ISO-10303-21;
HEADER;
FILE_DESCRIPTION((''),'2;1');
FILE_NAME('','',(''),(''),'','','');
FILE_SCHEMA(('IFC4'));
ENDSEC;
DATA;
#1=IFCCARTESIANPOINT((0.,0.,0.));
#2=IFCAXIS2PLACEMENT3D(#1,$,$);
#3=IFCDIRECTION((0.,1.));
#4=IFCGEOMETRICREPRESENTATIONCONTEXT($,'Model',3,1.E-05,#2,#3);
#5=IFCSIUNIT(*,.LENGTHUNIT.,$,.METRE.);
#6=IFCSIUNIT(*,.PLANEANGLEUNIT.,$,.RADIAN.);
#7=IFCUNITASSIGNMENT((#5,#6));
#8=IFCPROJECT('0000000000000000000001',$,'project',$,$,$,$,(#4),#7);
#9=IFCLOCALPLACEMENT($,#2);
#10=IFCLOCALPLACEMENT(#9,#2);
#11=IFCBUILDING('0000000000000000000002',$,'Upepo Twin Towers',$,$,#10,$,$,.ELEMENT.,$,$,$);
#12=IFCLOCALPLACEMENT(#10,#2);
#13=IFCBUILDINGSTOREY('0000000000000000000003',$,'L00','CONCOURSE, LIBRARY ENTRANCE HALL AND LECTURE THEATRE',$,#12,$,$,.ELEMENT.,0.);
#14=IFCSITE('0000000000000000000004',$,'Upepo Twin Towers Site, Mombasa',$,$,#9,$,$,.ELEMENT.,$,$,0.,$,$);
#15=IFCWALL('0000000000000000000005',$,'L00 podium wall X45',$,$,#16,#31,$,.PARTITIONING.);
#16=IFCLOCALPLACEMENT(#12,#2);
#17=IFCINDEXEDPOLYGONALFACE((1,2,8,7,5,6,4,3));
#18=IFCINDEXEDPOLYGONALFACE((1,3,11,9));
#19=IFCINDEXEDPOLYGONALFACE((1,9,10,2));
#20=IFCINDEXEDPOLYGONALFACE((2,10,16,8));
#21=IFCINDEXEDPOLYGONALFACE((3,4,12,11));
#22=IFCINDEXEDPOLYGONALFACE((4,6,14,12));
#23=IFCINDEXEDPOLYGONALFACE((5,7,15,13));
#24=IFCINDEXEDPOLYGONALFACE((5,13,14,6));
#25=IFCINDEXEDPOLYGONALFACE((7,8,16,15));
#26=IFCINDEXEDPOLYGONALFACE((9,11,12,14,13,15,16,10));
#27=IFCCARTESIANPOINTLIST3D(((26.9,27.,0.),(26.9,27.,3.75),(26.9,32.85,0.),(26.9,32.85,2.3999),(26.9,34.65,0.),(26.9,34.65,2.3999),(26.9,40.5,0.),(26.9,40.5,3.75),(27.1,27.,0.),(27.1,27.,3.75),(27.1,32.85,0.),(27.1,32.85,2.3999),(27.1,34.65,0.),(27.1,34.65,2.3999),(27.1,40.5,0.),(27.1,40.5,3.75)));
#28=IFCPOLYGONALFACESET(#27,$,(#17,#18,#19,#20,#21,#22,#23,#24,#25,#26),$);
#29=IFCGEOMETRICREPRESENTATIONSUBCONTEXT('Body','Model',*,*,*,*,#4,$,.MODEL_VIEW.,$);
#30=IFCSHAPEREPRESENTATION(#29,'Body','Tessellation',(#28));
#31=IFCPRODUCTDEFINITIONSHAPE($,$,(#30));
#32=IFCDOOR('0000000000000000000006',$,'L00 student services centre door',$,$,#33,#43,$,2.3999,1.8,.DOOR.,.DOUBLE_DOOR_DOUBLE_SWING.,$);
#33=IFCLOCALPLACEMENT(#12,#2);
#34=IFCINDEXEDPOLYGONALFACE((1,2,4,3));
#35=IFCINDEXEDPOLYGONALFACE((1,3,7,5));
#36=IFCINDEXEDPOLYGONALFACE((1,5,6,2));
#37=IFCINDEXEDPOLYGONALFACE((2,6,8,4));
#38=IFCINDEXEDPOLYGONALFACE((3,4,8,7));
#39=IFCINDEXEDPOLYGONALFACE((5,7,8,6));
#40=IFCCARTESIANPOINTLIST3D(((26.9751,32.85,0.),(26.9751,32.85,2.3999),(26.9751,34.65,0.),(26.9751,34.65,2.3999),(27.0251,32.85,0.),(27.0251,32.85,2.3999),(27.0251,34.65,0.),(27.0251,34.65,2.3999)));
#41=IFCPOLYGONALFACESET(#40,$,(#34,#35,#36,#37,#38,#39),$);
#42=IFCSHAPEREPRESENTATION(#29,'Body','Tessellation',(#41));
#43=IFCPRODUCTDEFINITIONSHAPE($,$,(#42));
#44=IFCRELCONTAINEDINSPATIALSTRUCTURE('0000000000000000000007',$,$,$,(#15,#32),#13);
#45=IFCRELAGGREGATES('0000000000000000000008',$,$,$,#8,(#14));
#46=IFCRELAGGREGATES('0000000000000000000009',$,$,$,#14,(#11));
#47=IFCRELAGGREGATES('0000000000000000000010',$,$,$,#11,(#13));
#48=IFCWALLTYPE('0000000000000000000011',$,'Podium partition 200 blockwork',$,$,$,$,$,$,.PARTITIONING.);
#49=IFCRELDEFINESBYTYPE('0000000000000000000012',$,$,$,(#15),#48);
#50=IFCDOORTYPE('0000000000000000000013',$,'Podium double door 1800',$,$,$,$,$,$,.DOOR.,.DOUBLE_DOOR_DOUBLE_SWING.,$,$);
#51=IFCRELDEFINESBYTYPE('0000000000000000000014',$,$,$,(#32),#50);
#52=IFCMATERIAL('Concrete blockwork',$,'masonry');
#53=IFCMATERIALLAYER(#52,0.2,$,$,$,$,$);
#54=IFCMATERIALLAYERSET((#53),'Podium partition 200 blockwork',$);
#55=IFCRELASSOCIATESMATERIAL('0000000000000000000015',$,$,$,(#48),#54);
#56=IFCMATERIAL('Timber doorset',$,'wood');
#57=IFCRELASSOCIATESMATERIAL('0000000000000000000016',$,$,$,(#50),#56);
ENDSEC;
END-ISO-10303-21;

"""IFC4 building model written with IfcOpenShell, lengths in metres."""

from ifc_helpers import new_model, si_unit, direction, frame, frame_2d, origin, place, context, subcontext, project, spatial, rectangle, extrude, material, layer, layer_set, type_object, element, fill, save


model = new_model("IFC4")

# Units and contexts
model_context = context("Model", 3, precision=1e-05, world=origin(), true_north=direction((0.0, 1.0)))
body_context = subcontext(model_context, "Body", "Model", "MODEL_VIEW")
ifc_project = project(units=[si_unit("LENGTHUNIT", "METRE"), si_unit("PLANEANGLEUNIT", "RADIAN")], contexts=[model_context])

# Site, building, storey
site_placement = place(None, origin())
site = spatial("IfcSite", under=ifc_project, at=site_placement, Name="Upepo Twin Towers Site, Mombasa", CompositionType="ELEMENT", RefElevation=0.0)
building_placement = place(site_placement, origin())
building = spatial("IfcBuilding", under=site, at=building_placement, Name="Upepo Twin Towers", CompositionType="ELEMENT")
storey_placement = place(building_placement, origin())
storey = spatial("IfcBuildingStorey", under=building, at=storey_placement, Name="L00", Description="CONCOURSE, LIBRARY ENTRANCE HALL AND LECTURE THEATRE", CompositionType="ELEMENT", Elevation=0.0)

# Shared definitions
ifc_material_1 = material(Name="Concrete blockwork", Category="masonry")
ifc_layer = layer(ifc_material_1, 0.2)
ifc_layer_set = layer_set([ifc_layer], Name="Podium partition 200 blockwork")
wall_type = type_object("IfcWallType", Name="Podium partition 200 blockwork", PredefinedType="PARTITIONING", material=ifc_layer_set)
ifc_material_2 = material(Name="Timber doorset", Category="wood")
door_type = type_object("IfcDoorType", Name="Podium double door 1800", OperationType="DOUBLE_DOOR_DOUBLE_SWING", PredefinedType="DOOR", material=ifc_material_2)

# Wall, opening, door
wall_1_placement = place(storey_placement, frame((27.0, 27.0, 0.0), z_axis=(0.0, 0.0, 1.0), x_axis=(0.0, 1.0, 0.0)))
wall_1 = element("IfcWall", 1, at=wall_1_placement, inside=storey, type_object=wall_type, Name="L00 podium wall X45", PredefinedType="PARTITIONING", context=body_context, shape_type="SweptSolid", body=[
    extrude(rectangle(XDim=13.5, YDim=0.2, at=frame_2d((6.75, 0.0))), origin(), (0.0, 0.0, 1.0), 3.75),
])
opening_1_placement = place(wall_1_placement, frame((5.8501, 0.0, 0.0)))
opening_1 = element("IfcOpeningElement", 2, at=opening_1_placement, cuts=wall_1, PredefinedType="OPENING", context=body_context, shape_type="SweptSolid", body=[
    extrude(rectangle(XDim=1.8, YDim=2.3999, at=frame_2d((0.8999, 1.2))), frame((0.0, 0.1099, 0.0), z_axis=(0.0, -1.0, 0.0), x_axis=(1.0, 0.0, 0.0)), (0.0, 0.0, 1.0), 0.22),
])
door_1_placement = place(opening_1_placement, origin())
door_1 = element("IfcDoor", 3, at=door_1_placement, inside=storey, type_object=door_type, Name="L00 student services centre door", OperationType="DOUBLE_DOOR_DOUBLE_SWING", OverallHeight=2.3999, OverallWidth=1.8, PredefinedType="DOOR", context=body_context, shape_type="SweptSolid", body=[
    extrude(rectangle(XDim=1.8, YDim=2.3999, at=frame_2d((0.8999, 1.2))), frame((0.0, 0.0249, 0.0), z_axis=(0.0, -1.0, 0.0), x_axis=(1.0, 0.0, 0.0)), (0.0, 0.0, 1.0), 0.05),
])
fill(opening_1, door_1)

save(model, "model.ifc")
